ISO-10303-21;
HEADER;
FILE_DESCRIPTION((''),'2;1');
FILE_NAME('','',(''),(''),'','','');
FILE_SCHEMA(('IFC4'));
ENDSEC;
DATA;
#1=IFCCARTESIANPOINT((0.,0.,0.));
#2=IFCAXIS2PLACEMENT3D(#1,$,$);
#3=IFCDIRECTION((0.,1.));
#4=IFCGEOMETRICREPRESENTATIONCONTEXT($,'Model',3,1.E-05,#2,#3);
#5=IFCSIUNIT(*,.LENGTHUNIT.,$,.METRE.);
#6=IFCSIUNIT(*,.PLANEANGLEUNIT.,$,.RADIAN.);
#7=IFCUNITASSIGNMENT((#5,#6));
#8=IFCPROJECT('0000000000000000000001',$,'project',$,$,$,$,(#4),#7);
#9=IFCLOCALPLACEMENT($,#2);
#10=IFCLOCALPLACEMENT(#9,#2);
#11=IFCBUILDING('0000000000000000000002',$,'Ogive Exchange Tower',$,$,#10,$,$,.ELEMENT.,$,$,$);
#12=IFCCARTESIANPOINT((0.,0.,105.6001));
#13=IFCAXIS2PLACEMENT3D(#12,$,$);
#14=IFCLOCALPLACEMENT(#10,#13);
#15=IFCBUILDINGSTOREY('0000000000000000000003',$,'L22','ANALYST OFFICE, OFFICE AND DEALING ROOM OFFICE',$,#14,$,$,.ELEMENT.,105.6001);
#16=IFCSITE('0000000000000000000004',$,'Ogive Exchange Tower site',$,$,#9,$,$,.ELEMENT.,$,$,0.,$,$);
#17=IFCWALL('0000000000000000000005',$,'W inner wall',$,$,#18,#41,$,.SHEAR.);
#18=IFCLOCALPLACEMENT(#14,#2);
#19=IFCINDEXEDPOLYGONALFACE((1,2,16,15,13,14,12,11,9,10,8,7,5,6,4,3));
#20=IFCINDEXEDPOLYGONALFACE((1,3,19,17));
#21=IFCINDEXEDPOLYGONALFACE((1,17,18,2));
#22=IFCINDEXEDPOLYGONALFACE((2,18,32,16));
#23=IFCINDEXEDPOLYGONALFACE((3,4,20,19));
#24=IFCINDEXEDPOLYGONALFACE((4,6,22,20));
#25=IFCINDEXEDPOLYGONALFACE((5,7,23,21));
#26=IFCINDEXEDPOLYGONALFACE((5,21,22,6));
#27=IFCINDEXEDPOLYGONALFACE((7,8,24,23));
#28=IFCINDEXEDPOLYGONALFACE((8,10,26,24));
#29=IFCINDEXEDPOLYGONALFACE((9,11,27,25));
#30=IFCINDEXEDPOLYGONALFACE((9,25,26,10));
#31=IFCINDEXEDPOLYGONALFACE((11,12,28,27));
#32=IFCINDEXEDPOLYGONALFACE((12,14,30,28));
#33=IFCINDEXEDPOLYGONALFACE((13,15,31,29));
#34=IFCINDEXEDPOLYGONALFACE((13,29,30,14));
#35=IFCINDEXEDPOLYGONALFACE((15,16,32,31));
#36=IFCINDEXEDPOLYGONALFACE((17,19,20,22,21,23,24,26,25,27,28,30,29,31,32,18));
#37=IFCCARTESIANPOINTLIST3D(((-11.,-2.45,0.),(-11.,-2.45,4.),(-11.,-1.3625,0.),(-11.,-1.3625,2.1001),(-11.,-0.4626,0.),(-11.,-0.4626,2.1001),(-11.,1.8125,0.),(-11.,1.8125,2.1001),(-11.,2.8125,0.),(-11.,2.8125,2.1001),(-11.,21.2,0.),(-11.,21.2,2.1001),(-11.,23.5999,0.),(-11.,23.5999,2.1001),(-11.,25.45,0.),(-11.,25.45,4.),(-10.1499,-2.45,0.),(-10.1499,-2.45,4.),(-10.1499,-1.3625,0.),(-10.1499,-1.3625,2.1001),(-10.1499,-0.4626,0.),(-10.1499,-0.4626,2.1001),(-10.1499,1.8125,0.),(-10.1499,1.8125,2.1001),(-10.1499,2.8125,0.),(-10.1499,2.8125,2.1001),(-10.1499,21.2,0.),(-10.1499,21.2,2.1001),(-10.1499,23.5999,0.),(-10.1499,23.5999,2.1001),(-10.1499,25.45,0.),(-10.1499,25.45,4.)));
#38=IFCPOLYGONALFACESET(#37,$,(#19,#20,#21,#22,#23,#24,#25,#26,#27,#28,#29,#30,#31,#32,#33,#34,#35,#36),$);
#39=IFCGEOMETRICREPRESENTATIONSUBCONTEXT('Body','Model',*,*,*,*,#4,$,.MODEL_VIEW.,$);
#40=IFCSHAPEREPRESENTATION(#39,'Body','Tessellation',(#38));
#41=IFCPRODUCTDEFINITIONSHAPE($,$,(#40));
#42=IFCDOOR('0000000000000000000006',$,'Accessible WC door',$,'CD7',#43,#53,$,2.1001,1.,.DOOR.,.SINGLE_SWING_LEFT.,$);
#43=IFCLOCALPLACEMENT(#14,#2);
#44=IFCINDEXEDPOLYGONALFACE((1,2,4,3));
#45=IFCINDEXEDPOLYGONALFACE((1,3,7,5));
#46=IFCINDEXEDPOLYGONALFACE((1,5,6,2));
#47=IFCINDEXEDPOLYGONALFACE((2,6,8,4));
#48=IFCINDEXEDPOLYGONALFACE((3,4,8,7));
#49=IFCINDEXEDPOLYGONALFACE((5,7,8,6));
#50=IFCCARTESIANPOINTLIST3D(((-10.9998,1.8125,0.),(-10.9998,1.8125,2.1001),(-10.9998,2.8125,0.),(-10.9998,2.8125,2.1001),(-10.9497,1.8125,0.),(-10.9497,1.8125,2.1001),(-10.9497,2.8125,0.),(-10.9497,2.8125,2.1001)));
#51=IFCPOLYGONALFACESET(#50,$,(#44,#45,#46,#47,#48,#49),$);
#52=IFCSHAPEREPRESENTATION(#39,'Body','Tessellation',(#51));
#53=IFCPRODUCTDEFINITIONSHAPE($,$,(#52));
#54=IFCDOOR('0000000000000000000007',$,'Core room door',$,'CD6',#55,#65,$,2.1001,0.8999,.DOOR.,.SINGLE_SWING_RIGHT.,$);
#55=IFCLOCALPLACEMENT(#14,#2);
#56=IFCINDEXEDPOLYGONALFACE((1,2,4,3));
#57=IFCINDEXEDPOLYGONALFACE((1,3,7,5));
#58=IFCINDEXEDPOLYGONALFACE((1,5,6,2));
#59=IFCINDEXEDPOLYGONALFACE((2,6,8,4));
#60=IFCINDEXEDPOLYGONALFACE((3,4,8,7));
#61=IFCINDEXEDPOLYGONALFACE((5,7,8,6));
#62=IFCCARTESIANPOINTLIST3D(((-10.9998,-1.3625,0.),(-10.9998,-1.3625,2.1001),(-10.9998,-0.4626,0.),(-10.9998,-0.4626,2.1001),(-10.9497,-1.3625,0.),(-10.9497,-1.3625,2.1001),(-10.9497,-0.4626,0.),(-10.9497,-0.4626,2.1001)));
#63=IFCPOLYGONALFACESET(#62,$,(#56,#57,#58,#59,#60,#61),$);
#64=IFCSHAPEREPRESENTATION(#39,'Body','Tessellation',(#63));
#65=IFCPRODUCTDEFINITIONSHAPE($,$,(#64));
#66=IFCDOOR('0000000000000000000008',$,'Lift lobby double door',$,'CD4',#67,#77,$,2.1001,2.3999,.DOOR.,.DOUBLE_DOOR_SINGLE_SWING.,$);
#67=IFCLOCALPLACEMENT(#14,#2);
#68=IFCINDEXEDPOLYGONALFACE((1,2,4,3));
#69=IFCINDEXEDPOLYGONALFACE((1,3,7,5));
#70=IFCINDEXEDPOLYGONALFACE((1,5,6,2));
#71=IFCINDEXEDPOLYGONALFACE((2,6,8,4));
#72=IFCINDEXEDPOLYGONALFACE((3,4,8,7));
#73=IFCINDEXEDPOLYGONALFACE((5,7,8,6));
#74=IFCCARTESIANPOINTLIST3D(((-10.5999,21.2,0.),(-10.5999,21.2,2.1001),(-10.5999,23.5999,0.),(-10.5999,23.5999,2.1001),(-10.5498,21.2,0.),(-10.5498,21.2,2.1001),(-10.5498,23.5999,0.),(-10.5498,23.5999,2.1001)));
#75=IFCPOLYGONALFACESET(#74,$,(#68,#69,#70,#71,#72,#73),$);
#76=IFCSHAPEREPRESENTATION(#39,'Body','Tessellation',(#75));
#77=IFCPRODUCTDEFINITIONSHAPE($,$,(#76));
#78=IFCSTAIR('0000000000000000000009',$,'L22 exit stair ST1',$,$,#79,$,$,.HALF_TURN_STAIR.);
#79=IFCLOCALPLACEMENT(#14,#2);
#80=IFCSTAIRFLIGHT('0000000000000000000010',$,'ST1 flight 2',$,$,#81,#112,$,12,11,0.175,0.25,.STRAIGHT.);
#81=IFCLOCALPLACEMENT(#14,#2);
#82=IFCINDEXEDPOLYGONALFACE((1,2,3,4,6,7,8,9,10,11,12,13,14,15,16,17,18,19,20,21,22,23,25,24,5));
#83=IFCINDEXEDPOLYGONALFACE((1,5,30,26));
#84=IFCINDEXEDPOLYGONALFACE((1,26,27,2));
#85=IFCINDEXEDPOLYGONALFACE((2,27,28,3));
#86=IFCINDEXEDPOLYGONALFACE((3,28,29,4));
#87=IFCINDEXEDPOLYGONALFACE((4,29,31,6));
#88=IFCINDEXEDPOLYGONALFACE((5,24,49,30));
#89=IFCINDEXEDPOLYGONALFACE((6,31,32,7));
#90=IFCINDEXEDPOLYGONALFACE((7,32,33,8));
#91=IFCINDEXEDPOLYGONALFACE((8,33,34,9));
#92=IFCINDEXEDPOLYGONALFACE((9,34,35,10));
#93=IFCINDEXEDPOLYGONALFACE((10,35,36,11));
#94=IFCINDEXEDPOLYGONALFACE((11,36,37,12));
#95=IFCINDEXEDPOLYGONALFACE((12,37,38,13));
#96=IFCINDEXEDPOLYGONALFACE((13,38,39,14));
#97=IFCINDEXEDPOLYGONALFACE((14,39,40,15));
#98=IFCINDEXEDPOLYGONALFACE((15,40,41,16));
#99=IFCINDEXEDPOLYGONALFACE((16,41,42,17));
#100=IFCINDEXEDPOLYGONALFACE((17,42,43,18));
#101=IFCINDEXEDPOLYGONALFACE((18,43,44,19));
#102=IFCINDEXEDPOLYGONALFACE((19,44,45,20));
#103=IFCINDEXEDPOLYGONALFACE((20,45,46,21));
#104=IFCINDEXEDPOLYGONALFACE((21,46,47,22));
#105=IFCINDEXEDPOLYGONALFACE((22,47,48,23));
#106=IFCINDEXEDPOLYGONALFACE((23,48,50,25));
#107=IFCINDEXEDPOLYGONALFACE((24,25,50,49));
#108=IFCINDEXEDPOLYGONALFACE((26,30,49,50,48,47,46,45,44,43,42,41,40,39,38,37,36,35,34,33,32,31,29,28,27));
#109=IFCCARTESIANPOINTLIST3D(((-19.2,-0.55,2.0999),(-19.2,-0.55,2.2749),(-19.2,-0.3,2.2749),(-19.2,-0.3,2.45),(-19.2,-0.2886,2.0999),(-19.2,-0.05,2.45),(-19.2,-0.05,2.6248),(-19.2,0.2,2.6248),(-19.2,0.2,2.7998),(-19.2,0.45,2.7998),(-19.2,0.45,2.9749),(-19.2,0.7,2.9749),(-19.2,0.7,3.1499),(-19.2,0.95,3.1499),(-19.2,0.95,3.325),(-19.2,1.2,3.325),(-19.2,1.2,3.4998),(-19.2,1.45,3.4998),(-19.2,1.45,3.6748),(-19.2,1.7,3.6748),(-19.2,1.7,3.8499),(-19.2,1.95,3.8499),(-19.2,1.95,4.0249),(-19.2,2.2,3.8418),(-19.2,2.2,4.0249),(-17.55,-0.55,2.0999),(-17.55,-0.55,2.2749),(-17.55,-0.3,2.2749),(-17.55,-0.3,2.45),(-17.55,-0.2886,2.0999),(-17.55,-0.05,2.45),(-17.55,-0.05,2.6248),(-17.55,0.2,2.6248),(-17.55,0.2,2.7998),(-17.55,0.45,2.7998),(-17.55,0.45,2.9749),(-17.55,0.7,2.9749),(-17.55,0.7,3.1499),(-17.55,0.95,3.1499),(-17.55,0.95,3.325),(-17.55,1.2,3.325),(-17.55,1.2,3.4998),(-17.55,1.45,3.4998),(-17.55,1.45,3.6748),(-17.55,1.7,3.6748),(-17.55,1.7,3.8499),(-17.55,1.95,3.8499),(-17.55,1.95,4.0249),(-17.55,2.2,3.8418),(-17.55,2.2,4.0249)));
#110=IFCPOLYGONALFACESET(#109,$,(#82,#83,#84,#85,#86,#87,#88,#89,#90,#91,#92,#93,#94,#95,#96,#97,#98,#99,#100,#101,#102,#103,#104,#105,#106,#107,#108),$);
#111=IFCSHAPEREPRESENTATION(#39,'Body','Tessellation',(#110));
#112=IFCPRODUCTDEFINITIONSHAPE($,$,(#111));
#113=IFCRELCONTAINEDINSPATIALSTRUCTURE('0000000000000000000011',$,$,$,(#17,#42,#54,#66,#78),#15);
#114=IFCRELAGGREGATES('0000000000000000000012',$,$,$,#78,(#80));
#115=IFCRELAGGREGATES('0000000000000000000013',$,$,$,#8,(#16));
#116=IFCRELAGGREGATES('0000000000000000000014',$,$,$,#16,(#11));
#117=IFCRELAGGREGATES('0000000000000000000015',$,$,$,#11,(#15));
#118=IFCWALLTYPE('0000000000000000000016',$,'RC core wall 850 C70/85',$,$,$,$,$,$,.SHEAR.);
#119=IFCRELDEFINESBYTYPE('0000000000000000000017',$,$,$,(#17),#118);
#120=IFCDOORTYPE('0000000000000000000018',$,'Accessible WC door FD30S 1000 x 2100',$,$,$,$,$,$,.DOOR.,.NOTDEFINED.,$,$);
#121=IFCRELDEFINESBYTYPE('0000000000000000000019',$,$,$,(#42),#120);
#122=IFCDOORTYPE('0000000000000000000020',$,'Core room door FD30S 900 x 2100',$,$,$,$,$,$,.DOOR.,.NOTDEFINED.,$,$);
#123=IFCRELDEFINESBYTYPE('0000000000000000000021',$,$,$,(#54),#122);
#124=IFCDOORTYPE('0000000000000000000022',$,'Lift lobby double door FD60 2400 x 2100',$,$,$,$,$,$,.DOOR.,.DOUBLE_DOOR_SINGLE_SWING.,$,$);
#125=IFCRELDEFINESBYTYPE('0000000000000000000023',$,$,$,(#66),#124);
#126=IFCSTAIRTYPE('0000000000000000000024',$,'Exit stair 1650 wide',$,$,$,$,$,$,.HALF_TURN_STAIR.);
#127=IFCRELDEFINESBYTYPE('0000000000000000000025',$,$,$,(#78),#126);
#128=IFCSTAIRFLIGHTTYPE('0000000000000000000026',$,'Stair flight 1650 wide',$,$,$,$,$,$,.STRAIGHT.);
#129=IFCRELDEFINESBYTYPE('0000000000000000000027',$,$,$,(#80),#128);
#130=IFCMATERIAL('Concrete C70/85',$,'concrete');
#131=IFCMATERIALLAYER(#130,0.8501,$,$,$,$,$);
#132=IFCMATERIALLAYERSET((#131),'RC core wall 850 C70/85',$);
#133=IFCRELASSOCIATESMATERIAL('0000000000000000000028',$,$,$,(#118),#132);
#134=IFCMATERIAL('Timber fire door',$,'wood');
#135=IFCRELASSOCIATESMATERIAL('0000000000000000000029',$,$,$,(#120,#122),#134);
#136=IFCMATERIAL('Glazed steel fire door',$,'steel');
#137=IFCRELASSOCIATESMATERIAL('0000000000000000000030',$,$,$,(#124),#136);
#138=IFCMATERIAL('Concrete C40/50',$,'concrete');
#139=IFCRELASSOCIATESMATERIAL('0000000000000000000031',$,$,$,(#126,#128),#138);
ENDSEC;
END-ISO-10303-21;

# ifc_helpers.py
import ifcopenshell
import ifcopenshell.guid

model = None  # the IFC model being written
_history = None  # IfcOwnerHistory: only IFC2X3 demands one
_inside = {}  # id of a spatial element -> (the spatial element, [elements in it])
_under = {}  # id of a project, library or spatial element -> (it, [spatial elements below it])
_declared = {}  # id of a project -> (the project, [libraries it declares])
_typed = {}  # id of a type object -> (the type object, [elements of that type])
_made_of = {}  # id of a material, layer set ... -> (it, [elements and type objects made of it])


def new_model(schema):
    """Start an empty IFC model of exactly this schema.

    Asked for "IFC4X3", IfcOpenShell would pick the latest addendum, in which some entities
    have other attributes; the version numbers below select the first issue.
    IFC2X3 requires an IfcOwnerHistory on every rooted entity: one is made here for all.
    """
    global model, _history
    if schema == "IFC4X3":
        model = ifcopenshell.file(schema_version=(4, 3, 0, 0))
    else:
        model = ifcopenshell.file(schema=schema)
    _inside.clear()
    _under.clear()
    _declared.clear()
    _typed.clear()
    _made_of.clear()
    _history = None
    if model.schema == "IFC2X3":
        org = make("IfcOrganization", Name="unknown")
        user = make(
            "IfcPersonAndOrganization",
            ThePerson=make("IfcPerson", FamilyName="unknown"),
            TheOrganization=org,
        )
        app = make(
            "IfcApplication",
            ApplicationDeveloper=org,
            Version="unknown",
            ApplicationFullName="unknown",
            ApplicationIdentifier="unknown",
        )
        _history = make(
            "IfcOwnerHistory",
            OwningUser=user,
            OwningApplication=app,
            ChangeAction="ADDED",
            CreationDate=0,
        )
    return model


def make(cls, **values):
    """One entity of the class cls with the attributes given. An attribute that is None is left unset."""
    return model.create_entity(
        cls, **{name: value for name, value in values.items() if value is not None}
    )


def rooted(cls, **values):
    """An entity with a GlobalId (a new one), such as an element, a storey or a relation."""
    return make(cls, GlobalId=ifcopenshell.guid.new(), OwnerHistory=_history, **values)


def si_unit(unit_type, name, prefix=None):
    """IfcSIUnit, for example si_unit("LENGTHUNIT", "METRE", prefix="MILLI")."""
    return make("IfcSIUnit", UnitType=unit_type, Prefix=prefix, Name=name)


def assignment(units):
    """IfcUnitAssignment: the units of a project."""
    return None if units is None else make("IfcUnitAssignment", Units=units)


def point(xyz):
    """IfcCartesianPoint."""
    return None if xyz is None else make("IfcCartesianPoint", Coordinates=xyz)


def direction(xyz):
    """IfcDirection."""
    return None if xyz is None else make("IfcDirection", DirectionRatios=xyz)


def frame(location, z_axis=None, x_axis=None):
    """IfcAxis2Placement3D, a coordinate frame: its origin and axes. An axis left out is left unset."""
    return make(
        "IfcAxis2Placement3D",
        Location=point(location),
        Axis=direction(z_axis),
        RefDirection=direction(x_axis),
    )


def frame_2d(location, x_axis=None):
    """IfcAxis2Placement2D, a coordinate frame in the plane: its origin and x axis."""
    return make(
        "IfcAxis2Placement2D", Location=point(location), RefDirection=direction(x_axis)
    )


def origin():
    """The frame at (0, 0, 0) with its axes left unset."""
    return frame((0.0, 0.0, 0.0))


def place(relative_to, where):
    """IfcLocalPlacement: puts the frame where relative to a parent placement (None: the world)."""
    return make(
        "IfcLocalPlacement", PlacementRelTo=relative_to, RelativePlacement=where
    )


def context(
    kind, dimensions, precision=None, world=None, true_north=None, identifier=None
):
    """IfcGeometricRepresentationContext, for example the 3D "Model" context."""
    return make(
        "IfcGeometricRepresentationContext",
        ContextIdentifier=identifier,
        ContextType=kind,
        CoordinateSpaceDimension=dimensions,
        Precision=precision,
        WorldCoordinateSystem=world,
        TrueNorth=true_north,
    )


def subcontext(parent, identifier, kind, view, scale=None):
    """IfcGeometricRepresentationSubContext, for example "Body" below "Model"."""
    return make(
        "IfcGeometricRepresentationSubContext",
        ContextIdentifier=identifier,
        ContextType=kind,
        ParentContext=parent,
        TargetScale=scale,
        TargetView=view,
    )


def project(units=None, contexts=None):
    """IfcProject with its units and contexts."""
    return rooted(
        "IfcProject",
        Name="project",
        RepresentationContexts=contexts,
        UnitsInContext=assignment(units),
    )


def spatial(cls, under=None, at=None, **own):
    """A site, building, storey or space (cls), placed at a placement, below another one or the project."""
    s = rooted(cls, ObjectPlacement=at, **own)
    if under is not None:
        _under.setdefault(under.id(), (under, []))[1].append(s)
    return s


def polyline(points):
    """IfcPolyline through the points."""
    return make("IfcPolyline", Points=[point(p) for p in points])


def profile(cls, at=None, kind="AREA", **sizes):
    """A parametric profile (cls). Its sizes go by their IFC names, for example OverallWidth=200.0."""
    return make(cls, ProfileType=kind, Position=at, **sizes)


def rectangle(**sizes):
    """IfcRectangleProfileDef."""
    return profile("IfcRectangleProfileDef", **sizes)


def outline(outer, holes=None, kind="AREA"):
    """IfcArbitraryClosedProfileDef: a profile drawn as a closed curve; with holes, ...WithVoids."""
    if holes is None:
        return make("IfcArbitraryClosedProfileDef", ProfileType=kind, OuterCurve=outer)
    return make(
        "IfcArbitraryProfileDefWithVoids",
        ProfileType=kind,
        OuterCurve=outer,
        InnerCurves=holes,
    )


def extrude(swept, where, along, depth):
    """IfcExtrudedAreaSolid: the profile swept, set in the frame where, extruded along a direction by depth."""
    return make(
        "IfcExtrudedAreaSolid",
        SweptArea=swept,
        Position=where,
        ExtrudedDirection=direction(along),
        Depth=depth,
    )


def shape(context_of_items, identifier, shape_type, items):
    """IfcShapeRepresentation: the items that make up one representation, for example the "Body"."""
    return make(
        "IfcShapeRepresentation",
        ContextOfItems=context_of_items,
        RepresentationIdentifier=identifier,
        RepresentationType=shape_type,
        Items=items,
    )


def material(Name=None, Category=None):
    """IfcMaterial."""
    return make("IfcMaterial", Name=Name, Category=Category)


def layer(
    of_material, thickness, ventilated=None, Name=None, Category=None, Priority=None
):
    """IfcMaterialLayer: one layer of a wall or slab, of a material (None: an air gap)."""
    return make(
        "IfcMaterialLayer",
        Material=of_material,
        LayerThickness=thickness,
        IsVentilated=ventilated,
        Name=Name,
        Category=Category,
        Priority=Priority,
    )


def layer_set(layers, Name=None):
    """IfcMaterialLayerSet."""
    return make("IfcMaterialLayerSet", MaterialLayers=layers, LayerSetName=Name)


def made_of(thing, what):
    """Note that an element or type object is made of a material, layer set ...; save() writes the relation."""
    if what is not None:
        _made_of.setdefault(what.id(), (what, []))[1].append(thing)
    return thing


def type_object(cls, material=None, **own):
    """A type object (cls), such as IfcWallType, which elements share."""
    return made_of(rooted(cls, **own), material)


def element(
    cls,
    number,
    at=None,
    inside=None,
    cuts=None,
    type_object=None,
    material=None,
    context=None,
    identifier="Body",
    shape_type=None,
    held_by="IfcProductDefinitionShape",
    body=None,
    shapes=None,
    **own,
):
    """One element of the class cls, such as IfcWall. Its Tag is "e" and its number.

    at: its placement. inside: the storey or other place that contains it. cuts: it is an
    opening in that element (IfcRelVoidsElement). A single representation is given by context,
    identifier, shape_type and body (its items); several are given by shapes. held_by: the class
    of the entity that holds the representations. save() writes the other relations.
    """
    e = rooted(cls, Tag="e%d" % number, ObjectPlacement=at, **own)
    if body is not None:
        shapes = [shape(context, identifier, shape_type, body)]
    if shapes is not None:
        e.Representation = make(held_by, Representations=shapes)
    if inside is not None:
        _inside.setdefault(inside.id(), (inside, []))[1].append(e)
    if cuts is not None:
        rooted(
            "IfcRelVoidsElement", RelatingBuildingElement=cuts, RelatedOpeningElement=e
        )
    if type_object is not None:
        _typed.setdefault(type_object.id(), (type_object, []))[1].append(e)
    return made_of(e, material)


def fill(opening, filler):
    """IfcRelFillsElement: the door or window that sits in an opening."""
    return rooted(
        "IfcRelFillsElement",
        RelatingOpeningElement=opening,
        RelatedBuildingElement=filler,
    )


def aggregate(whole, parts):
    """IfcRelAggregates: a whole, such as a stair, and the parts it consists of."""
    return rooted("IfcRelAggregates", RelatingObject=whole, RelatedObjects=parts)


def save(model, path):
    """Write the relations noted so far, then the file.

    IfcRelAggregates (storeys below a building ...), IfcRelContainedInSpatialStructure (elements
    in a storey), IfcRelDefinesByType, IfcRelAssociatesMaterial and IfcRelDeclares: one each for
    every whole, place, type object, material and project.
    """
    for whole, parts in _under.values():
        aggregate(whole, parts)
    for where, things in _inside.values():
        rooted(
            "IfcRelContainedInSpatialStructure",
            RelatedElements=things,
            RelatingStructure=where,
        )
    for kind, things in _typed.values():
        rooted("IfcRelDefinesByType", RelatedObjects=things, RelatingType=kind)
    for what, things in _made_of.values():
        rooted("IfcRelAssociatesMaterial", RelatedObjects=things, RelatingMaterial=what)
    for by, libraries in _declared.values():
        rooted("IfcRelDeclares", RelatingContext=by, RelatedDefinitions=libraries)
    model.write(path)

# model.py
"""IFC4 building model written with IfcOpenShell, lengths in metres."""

from ifc_helpers import new_model, si_unit, direction, frame, frame_2d, origin, place, context, subcontext, project, spatial, polyline, rectangle, outline, extrude, material, layer, layer_set, type_object, element, fill, aggregate, save


model = new_model("IFC4")

# Units and contexts
model_context = context("Model", 3, precision=1e-05, world=origin(), true_north=direction((0.0, 1.0)))
body_context = subcontext(model_context, "Body", "Model", "MODEL_VIEW")
ifc_project = project(units=[si_unit("LENGTHUNIT", "METRE"), si_unit("PLANEANGLEUNIT", "RADIAN")], contexts=[model_context])

# Site, building, storey
site_placement = place(None, origin())
site = spatial("IfcSite", under=ifc_project, at=site_placement, Name="Ogive Exchange Tower site", CompositionType="ELEMENT", RefElevation=0.0)
building_placement = place(site_placement, origin())
building = spatial("IfcBuilding", under=site, at=building_placement, Name="Ogive Exchange Tower", CompositionType="ELEMENT")
storey_placement = place(building_placement, frame((0.0, 0.0, 105.6001)))
storey = spatial("IfcBuildingStorey", under=building, at=storey_placement, Name="L22", Description="ANALYST OFFICE, OFFICE AND DEALING ROOM OFFICE", CompositionType="ELEMENT", Elevation=105.6001)

# Shared definitions
ifc_material_1 = material(Name="Concrete C70/85", Category="concrete")

# Wall, openings, doors
ifc_layer_1 = layer(ifc_material_1, 0.8501)
ifc_layer_set_1 = layer_set([ifc_layer_1], Name="RC core wall 850 C70/85")
wall_type_1 = type_object("IfcWallType", Name="RC core wall 850 C70/85", PredefinedType="SHEAR", material=ifc_layer_set_1)
wall_1_placement = place(storey_placement, frame((-10.575, -2.45, 0.0), z_axis=(0.0, 0.0, 1.0), x_axis=(0.0, 1.0, 0.0)))
wall_1 = element("IfcWall", 1, at=wall_1_placement, inside=storey, type_object=wall_type_1, Name="W inner wall", PredefinedType="SHEAR", context=body_context, shape_type="SweptSolid", body=[
    extrude(rectangle(XDim=27.8999, YDim=0.8501, at=frame_2d((13.95, 0.0))), origin(), (0.0, 0.0, 1.0), 4.0),
])
opening_1_placement = place(wall_1_placement, frame((23.6499, 0.0, 0.0)))
opening_1 = element("IfcOpeningElement", 2, at=opening_1_placement, cuts=wall_1, PredefinedType="OPENING", context=body_context, shape_type="SweptSolid", body=[
    extrude(rectangle(XDim=2.3999, YDim=2.1001, at=frame_2d((1.2, 1.05))), frame((0.0, 0.4351, 0.0), z_axis=(0.0, -1.0, 0.0), x_axis=(1.0, 0.0, 0.0)), (0.0, 0.0, 1.0), 0.8701),
])
opening_2_placement = place(wall_1_placement, frame((1.0874, 0.0, 0.0)))
opening_2 = element("IfcOpeningElement", 3, at=opening_2_placement, cuts=wall_1, PredefinedType="OPENING", context=body_context, shape_type="SweptSolid", body=[
    extrude(rectangle(XDim=0.8999, YDim=2.1001, at=frame_2d((0.45, 1.05))), frame((0.0, 0.4351, 0.0), z_axis=(0.0, -1.0, 0.0), x_axis=(1.0, 0.0, 0.0)), (0.0, 0.0, 1.0), 0.8701),
])
opening_3_placement = place(wall_1_placement, frame((4.2625, 0.0, 0.0)))
opening_3 = element("IfcOpeningElement", 4, at=opening_3_placement, cuts=wall_1, PredefinedType="OPENING", context=body_context, shape_type="SweptSolid", body=[
    extrude(rectangle(XDim=1.0, YDim=2.1001, at=frame_2d((0.5, 1.05))), frame((0.0, 0.4351, 0.0), z_axis=(0.0, -1.0, 0.0), x_axis=(1.0, 0.0, 0.0)), (0.0, 0.0, 1.0), 0.8701),
])
ifc_material_2 = material(Name="Timber fire door", Category="wood")
door_type_1 = type_object("IfcDoorType", Name="Accessible WC door FD30S 1000 x 2100", OperationType="NOTDEFINED", PredefinedType="DOOR", material=ifc_material_2)
door_1_placement = place(opening_3_placement, origin())
door_1 = element("IfcDoor", 5, at=door_1_placement, inside=storey, type_object=door_type_1, Name="Accessible WC door", ObjectType="CD7", OperationType="SINGLE_SWING_LEFT", OverallHeight=2.1001, OverallWidth=1.0, PredefinedType="DOOR", context=body_context, shape_type="SweptSolid", body=[
    extrude(rectangle(XDim=1.0, YDim=2.1001, at=frame_2d((0.5, 1.05))), frame((0.0, 0.4248, 0.0), z_axis=(0.0, -1.0, 0.0), x_axis=(1.0, 0.0, 0.0)), (0.0, 0.0, 1.0), 0.05),
])
fill(opening_3, door_1)
door_type_2 = type_object("IfcDoorType", Name="Core room door FD30S 900 x 2100", OperationType="NOTDEFINED", PredefinedType="DOOR", material=ifc_material_2)
door_2_placement = place(opening_2_placement, origin())
door_2 = element("IfcDoor", 6, at=door_2_placement, inside=storey, type_object=door_type_2, Name="Core room door", ObjectType="CD6", OperationType="SINGLE_SWING_RIGHT", OverallHeight=2.1001, OverallWidth=0.8999, PredefinedType="DOOR", context=body_context, shape_type="SweptSolid", body=[
    extrude(rectangle(XDim=0.8999, YDim=2.1001, at=frame_2d((0.45, 1.05))), frame((0.0, 0.4248, 0.0), z_axis=(0.0, -1.0, 0.0), x_axis=(1.0, 0.0, 0.0)), (0.0, 0.0, 1.0), 0.05),
])
fill(opening_2, door_2)
ifc_material_3 = material(Name="Glazed steel fire door", Category="steel")
door_type_3 = type_object("IfcDoorType", Name="Lift lobby double door FD60 2400 x 2100", OperationType="DOUBLE_DOOR_SINGLE_SWING", PredefinedType="DOOR", material=ifc_material_3)
door_3_placement = place(opening_1_placement, origin())
door_3 = element("IfcDoor", 7, at=door_3_placement, inside=storey, type_object=door_type_3, Name="Lift lobby double door", ObjectType="CD4", OperationType="DOUBLE_DOOR_SINGLE_SWING", OverallHeight=2.1001, OverallWidth=2.3999, PredefinedType="DOOR", context=body_context, shape_type="SweptSolid", body=[
    extrude(rectangle(XDim=2.3999, YDim=2.1001, at=frame_2d((1.2, 1.05))), frame((0.0, 0.0249, 0.0), z_axis=(0.0, -1.0, 0.0), x_axis=(1.0, 0.0, 0.0)), (0.0, 0.0, 1.0), 0.05),
])
fill(opening_1, door_3)

# Stair, stair flight
ifc_material_4 = material(Name="Concrete C40/50", Category="concrete")
stair_type = type_object("IfcStairType", Name="Exit stair 1650 wide", PredefinedType="HALF_TURN_STAIR", material=ifc_material_4)
stair_placement = place(storey_placement, origin())
stair = element("IfcStair", 8, at=stair_placement, inside=storey, type_object=stair_type, Name="L22 exit stair ST1", PredefinedType="HALF_TURN_STAIR")
stair_flight_type = type_object("IfcStairFlightType", Name="Stair flight 1650 wide", PredefinedType="STRAIGHT", material=ifc_material_4)
stair_flight_placement = place(storey_placement, frame((-18.375, -0.55, 2.0999), z_axis=(0.0, 0.0, 1.0), x_axis=(0.0, 1.0, 0.0)))
stair_flight = element("IfcStairFlight", 9, at=stair_flight_placement, type_object=stair_flight_type, Name="ST1 flight 2", NumberOfRisers=12, NumberOfTreads=11, PredefinedType="STRAIGHT", RiserHeight=0.175, TreadLength=0.25, context=body_context, shape_type="SweptSolid", body=[
    extrude(outline(polyline([(0.0, 0.0), (0.0, 0.175), (0.25, 0.175), (0.25, 0.3501), (0.5, 0.3501), (0.5, 0.5249), (0.75, 0.5249), (0.75, 0.7), (1.0, 0.7), (1.0, 0.875), (1.25, 0.875), (1.25, 1.05), (1.5, 1.05), (1.5, 1.2251), (1.75, 1.2251), (1.75, 1.3999), (2.0, 1.3999), (2.0, 1.575), (2.25, 1.575), (2.25, 1.75), (2.5, 1.75), (2.5, 1.925), (2.75, 1.925), (2.75, 2.1001), (2.75, 1.7419), (0.2615, 0.0), (0.0, 0.0)])), frame((0.0, 0.825, 0.0), z_axis=(0.0, -1.0, 0.0), x_axis=(1.0, 0.0, 0.0)), (0.0, 0.0, 1.0), 1.6499),
])
aggregate(stair, [stair_flight])

save(model, "model.ifc")
